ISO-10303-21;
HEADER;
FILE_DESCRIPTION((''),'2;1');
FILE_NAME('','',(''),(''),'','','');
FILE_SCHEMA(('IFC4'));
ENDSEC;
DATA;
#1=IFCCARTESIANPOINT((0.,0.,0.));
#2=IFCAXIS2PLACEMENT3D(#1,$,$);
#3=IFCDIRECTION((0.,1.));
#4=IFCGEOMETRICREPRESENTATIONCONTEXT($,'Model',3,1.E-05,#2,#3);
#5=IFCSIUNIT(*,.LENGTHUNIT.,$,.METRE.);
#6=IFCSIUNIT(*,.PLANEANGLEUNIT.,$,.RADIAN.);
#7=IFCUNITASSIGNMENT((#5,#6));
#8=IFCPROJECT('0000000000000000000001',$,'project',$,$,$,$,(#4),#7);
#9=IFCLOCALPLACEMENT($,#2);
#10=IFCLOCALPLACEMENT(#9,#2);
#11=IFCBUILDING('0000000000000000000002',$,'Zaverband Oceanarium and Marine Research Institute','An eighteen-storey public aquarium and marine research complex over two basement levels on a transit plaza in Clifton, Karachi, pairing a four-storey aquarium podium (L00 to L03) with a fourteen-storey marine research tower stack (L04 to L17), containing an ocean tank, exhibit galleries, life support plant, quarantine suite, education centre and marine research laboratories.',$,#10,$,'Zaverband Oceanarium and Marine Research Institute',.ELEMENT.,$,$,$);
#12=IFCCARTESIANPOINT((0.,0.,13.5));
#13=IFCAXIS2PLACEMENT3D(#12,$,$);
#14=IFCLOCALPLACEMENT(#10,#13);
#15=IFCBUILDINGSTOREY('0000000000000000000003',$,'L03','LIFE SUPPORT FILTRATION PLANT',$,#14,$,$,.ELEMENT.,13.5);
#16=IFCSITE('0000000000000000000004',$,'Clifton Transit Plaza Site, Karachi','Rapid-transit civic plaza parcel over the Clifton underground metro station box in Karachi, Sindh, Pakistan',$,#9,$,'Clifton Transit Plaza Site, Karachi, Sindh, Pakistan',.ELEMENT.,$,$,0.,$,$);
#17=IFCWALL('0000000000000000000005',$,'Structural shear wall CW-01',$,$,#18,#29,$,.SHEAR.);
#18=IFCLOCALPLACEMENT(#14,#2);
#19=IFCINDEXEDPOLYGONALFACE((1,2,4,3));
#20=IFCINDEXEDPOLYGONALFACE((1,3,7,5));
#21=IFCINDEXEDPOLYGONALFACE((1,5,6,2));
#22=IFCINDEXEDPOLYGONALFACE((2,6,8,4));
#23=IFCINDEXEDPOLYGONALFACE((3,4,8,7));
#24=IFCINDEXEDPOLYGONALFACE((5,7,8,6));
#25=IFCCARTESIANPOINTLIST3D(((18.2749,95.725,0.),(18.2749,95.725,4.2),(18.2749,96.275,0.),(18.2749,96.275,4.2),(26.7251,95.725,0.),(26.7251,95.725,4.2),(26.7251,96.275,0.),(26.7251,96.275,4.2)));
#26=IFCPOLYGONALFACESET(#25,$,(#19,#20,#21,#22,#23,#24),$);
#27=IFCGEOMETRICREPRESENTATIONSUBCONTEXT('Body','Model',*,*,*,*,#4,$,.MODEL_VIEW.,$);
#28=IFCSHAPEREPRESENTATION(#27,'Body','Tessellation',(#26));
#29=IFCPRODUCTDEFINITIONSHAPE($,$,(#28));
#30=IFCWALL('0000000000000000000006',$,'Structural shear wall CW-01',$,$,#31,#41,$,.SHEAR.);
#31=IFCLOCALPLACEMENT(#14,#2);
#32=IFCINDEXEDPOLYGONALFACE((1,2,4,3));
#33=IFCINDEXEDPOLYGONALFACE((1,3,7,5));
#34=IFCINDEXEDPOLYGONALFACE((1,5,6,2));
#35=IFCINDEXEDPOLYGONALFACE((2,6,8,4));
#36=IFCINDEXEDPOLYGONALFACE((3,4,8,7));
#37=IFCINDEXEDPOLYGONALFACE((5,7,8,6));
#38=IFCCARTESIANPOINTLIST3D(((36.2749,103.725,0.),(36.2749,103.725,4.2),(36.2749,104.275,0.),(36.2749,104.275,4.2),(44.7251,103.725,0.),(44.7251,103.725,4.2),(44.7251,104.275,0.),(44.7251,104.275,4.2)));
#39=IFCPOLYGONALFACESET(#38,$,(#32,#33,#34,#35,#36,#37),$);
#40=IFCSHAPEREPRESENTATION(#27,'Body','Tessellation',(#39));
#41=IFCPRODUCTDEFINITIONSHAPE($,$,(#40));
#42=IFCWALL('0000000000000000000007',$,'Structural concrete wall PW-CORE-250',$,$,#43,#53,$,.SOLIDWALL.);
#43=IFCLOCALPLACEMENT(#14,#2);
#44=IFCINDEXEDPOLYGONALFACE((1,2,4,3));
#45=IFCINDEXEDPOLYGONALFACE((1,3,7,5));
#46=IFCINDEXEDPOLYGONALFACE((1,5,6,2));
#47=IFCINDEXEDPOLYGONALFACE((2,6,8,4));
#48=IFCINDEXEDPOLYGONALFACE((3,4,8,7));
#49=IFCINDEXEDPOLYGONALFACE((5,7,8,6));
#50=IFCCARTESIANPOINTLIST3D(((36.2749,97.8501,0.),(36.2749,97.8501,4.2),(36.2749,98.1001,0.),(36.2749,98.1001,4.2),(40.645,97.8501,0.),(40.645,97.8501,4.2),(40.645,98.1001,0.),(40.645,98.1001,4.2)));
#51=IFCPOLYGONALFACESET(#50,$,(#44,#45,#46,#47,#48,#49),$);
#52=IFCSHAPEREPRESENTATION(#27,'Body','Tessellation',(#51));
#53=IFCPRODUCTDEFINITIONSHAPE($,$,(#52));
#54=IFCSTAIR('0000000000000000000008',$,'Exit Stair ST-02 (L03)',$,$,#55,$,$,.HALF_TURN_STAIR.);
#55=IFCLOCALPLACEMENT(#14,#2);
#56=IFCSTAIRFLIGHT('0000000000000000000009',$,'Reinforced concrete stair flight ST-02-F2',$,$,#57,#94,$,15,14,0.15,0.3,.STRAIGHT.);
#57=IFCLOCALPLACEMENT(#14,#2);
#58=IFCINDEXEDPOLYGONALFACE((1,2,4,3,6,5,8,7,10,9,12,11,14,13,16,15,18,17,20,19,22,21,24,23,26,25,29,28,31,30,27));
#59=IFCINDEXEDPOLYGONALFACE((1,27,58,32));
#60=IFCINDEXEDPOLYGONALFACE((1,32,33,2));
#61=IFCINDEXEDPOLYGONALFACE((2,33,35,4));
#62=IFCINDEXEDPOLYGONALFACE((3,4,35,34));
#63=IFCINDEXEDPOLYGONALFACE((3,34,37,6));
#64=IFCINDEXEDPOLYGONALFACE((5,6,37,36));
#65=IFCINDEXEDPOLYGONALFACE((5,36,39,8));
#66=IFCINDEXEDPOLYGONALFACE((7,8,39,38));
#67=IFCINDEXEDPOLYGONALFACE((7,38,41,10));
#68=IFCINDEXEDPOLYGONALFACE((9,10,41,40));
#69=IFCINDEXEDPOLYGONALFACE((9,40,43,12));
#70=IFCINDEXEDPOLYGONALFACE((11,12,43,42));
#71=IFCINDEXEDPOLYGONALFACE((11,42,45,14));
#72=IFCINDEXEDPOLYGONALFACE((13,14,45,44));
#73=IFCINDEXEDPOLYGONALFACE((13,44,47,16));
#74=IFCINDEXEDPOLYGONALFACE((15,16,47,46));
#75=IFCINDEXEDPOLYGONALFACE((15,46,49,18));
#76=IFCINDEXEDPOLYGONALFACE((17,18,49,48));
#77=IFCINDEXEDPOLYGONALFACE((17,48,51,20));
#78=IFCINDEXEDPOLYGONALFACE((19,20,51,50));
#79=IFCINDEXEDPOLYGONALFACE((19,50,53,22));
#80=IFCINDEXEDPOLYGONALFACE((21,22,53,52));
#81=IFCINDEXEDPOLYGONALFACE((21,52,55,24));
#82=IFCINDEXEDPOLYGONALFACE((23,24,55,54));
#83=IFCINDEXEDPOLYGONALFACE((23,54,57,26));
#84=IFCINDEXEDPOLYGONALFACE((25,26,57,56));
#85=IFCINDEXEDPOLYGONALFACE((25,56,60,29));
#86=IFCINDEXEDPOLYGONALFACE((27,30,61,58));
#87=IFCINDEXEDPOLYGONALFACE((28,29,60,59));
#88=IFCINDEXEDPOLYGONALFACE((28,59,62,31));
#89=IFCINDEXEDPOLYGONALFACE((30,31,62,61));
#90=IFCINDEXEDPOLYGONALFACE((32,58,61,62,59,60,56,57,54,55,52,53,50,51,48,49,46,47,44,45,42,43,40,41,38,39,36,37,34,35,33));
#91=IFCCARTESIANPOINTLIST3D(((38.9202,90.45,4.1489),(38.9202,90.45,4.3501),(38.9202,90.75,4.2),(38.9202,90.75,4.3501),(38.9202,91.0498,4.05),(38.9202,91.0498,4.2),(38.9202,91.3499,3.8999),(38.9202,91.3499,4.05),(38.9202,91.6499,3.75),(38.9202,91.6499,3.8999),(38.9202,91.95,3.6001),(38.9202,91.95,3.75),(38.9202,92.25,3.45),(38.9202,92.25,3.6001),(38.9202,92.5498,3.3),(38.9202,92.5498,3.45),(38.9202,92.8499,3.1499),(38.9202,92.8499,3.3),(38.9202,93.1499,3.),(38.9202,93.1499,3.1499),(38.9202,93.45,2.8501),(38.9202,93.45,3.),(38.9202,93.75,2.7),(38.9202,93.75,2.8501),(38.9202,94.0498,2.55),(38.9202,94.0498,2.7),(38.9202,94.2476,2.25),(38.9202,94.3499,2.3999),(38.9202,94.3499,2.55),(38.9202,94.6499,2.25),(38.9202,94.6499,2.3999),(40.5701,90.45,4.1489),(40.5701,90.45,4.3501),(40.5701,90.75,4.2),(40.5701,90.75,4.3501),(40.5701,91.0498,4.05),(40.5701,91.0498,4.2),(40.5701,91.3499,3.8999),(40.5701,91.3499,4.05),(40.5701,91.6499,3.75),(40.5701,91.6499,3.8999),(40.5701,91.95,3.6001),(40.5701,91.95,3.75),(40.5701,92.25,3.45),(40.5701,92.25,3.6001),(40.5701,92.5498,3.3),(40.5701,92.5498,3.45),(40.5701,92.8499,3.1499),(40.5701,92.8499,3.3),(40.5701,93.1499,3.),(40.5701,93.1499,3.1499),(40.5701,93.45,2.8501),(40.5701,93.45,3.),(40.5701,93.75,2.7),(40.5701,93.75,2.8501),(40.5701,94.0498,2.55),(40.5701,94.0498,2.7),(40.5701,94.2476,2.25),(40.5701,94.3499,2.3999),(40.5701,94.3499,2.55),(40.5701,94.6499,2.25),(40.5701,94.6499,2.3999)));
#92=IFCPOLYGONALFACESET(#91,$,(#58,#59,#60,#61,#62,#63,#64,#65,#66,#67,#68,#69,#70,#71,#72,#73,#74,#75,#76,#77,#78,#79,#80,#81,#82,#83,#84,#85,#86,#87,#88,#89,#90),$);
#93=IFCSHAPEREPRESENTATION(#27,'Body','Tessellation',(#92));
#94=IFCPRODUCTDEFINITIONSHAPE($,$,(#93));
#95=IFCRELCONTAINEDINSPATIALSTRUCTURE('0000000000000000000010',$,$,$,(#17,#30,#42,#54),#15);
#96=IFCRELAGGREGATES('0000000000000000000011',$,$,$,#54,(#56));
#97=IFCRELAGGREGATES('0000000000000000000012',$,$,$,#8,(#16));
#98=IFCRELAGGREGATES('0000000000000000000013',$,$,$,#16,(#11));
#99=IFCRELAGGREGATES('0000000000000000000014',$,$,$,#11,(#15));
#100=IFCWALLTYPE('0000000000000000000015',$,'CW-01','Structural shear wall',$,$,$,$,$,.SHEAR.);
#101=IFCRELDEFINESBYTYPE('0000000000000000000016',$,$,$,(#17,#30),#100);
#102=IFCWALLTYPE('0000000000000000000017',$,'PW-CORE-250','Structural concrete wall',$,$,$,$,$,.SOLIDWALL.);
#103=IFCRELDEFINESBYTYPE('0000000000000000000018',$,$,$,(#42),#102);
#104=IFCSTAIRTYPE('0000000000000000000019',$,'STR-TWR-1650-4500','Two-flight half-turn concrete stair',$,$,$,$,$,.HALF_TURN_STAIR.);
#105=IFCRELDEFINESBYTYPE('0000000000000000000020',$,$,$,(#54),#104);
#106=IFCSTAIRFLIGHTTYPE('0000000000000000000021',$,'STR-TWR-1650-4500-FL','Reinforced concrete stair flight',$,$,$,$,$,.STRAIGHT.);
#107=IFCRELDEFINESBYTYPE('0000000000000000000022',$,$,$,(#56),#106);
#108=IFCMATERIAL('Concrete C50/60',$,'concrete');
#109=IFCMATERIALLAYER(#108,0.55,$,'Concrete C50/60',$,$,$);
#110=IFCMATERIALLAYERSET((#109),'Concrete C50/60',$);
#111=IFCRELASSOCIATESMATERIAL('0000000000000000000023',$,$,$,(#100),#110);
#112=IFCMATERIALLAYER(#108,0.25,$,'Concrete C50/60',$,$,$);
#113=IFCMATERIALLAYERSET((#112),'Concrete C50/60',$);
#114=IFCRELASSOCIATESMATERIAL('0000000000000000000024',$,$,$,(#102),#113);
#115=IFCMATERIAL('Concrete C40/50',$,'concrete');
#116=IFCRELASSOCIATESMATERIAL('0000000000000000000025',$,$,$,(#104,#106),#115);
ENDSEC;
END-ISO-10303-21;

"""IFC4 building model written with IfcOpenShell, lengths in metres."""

from ifc_helpers import new_model, si_unit, direction, frame, frame_2d, origin, place, context, subcontext, project, spatial, polyline, rectangle, outline, extrude, material, layer, layer_set, type_object, element, aggregate, save


model = new_model("IFC4")

# Units and contexts
model_context = context("Model", 3, precision=1e-05, world=origin(), true_north=direction((0.0, 1.0)))
body_context = subcontext(model_context, "Body", "Model", "MODEL_VIEW")
ifc_project = project(units=[si_unit("LENGTHUNIT", "METRE"), si_unit("PLANEANGLEUNIT", "RADIAN")], contexts=[model_context])

# Site, building, storey
site_placement = place(None, origin())
site = spatial("IfcSite", under=ifc_project, at=site_placement, Name="Clifton Transit Plaza Site, Karachi", Description="Rapid-transit civic plaza parcel over the Clifton underground metro station box in Karachi, Sindh, Pakistan", LongName="Clifton Transit Plaza Site, Karachi, Sindh, Pakistan", CompositionType="ELEMENT", RefElevation=0.0)
building_placement = place(site_placement, origin())
building = spatial("IfcBuilding", under=site, at=building_placement, Name="Zaverband Oceanarium and Marine Research Institute", Description="An eighteen-storey public aquarium and marine research complex over two basement levels on a transit plaza in Clifton, Karachi, pairing a four-storey aquarium podium (L00 to L03) with a fourteen-storey marine research tower stack (L04 to L17), containing an ocean tank, exhibit galleries, life support plant, quarantine suite, education centre and marine research laboratories.", LongName="Zaverband Oceanarium and Marine Research Institute", CompositionType="ELEMENT")
storey_placement = place(building_placement, frame((0.0, 0.0, 13.5)))
storey = spatial("IfcBuildingStorey", under=building, at=storey_placement, Name="L03", Description="LIFE SUPPORT FILTRATION PLANT", CompositionType="ELEMENT", Elevation=13.5)

# Shared definitions
ifc_material_1 = material(Name="Concrete C50/60", Category="concrete")

# Shared definitions
ifc_material_2 = material(Name="Concrete C40/50", Category="concrete")

# Walls
ifc_layer_1 = layer(ifc_material_1, 0.55, Name="Concrete C50/60")
ifc_layer_set_1 = layer_set([ifc_layer_1], Name="Concrete C50/60")
wall_type_1 = type_object("IfcWallType", Name="CW-01", Description="Structural shear wall", PredefinedType="SHEAR", material=ifc_layer_set_1)
for number, where, z_axis, x_axis, name in (
    (1, (18.2749, 96.0, 0.0), (0.0, 0.0, 1.0), (1.0, 0.0, 0.0), "Structural shear wall CW-01"),
    (2, (36.2749, 104.0, 0.0), (0.0, 0.0, 1.0), (1.0, 0.0, 0.0), "Structural shear wall CW-01"),
):
    element("IfcWall", number, at=place(storey_placement, frame(where, z_axis=z_axis, x_axis=x_axis)), inside=storey, type_object=wall_type_1, Name=name, PredefinedType="SHEAR", context=body_context, shape_type="SweptSolid", body=[
        extrude(rectangle(XDim=8.4502, YDim=0.55, at=frame_2d((4.2251, 0.0))), origin(), (0.0, 0.0, 1.0), 4.2),
    ])
ifc_layer_2 = layer(ifc_material_1, 0.25, Name="Concrete C50/60")
ifc_layer_set_2 = layer_set([ifc_layer_2], Name="Concrete C50/60")
wall_type_2 = type_object("IfcWallType", Name="PW-CORE-250", Description="Structural concrete wall", PredefinedType="SOLIDWALL", material=ifc_layer_set_2)
wall_placement = place(storey_placement, frame((36.2749, 97.9751, 0.0), z_axis=(0.0, 0.0, 1.0), x_axis=(1.0, 0.0, 0.0)))
element("IfcWall", 3, at=wall_placement, inside=storey, type_object=wall_type_2, Name="Structural concrete wall PW-CORE-250", PredefinedType="SOLIDWALL", context=body_context, shape_type="SweptSolid", body=[
    extrude(rectangle(XDim=4.3701, YDim=0.25, at=frame_2d((2.1851, 0.0))), origin(), (0.0, 0.0, 1.0), 4.2),
])

# Stair, stair flight
stair_type = type_object("IfcStairType", Name="STR-TWR-1650-4500", Description="Two-flight half-turn concrete stair", PredefinedType="HALF_TURN_STAIR", material=ifc_material_2)
stair_placement = place(storey_placement, origin())
stair = element("IfcStair", 4, at=stair_placement, inside=storey, type_object=stair_type, Name="Exit Stair ST-02 (L03)", PredefinedType="HALF_TURN_STAIR")
stair_flight_type = type_object("IfcStairFlightType", Name="STR-TWR-1650-4500-FL", Description="Reinforced concrete stair flight", PredefinedType="STRAIGHT", material=ifc_material_2)
stair_flight_placement = place(storey_placement, frame((39.7451, 94.6499, 2.25), z_axis=(0.0, 0.0, 1.0), x_axis=(0.0, -1.0, 0.0)))
stair_flight = element("IfcStairFlight", 5, at=stair_flight_placement, type_object=stair_flight_type, Name="Reinforced concrete stair flight ST-02-F2", NumberOfRisers=15, NumberOfTreads=14, PredefinedType="STRAIGHT", RiserHeight=0.15, TreadLength=0.3, context=body_context, shape_type="SweptSolid", body=[
    extrude(outline(polyline([(0.0, 0.0), (0.0, 0.1499), (0.3, 0.1499), (0.3, 0.3), (0.6001, 0.3), (0.6001, 0.45), (0.8999, 0.45), (0.8999, 0.6001), (1.2, 0.6001), (1.2, 0.75), (1.5, 0.75), (1.5, 0.8999), (1.8, 0.8999), (1.8, 1.05), (2.1001, 1.05), (2.1001, 1.2), (2.3999, 1.2), (2.3999, 1.3501), (2.7, 1.3501), (2.7, 1.5), (3.0, 1.5), (3.0, 1.6499), (3.3, 1.6499), (3.3, 1.8), (3.6001, 1.8), (3.6001, 1.95), (3.8999, 1.95), (3.8999, 2.1001), (4.2, 2.1001), (4.2, 2.25), (4.2, 1.8989), (0.4023, 0.0), (0.0, 0.0)])), frame((0.0, 0.825, 0.0), z_axis=(0.0, -1.0, 0.0), x_axis=(1.0, 0.0, 0.0)), (0.0, 0.0, 1.0), 1.6499),
])
aggregate(stair, [stair_flight])

save(model, "model.ifc")
